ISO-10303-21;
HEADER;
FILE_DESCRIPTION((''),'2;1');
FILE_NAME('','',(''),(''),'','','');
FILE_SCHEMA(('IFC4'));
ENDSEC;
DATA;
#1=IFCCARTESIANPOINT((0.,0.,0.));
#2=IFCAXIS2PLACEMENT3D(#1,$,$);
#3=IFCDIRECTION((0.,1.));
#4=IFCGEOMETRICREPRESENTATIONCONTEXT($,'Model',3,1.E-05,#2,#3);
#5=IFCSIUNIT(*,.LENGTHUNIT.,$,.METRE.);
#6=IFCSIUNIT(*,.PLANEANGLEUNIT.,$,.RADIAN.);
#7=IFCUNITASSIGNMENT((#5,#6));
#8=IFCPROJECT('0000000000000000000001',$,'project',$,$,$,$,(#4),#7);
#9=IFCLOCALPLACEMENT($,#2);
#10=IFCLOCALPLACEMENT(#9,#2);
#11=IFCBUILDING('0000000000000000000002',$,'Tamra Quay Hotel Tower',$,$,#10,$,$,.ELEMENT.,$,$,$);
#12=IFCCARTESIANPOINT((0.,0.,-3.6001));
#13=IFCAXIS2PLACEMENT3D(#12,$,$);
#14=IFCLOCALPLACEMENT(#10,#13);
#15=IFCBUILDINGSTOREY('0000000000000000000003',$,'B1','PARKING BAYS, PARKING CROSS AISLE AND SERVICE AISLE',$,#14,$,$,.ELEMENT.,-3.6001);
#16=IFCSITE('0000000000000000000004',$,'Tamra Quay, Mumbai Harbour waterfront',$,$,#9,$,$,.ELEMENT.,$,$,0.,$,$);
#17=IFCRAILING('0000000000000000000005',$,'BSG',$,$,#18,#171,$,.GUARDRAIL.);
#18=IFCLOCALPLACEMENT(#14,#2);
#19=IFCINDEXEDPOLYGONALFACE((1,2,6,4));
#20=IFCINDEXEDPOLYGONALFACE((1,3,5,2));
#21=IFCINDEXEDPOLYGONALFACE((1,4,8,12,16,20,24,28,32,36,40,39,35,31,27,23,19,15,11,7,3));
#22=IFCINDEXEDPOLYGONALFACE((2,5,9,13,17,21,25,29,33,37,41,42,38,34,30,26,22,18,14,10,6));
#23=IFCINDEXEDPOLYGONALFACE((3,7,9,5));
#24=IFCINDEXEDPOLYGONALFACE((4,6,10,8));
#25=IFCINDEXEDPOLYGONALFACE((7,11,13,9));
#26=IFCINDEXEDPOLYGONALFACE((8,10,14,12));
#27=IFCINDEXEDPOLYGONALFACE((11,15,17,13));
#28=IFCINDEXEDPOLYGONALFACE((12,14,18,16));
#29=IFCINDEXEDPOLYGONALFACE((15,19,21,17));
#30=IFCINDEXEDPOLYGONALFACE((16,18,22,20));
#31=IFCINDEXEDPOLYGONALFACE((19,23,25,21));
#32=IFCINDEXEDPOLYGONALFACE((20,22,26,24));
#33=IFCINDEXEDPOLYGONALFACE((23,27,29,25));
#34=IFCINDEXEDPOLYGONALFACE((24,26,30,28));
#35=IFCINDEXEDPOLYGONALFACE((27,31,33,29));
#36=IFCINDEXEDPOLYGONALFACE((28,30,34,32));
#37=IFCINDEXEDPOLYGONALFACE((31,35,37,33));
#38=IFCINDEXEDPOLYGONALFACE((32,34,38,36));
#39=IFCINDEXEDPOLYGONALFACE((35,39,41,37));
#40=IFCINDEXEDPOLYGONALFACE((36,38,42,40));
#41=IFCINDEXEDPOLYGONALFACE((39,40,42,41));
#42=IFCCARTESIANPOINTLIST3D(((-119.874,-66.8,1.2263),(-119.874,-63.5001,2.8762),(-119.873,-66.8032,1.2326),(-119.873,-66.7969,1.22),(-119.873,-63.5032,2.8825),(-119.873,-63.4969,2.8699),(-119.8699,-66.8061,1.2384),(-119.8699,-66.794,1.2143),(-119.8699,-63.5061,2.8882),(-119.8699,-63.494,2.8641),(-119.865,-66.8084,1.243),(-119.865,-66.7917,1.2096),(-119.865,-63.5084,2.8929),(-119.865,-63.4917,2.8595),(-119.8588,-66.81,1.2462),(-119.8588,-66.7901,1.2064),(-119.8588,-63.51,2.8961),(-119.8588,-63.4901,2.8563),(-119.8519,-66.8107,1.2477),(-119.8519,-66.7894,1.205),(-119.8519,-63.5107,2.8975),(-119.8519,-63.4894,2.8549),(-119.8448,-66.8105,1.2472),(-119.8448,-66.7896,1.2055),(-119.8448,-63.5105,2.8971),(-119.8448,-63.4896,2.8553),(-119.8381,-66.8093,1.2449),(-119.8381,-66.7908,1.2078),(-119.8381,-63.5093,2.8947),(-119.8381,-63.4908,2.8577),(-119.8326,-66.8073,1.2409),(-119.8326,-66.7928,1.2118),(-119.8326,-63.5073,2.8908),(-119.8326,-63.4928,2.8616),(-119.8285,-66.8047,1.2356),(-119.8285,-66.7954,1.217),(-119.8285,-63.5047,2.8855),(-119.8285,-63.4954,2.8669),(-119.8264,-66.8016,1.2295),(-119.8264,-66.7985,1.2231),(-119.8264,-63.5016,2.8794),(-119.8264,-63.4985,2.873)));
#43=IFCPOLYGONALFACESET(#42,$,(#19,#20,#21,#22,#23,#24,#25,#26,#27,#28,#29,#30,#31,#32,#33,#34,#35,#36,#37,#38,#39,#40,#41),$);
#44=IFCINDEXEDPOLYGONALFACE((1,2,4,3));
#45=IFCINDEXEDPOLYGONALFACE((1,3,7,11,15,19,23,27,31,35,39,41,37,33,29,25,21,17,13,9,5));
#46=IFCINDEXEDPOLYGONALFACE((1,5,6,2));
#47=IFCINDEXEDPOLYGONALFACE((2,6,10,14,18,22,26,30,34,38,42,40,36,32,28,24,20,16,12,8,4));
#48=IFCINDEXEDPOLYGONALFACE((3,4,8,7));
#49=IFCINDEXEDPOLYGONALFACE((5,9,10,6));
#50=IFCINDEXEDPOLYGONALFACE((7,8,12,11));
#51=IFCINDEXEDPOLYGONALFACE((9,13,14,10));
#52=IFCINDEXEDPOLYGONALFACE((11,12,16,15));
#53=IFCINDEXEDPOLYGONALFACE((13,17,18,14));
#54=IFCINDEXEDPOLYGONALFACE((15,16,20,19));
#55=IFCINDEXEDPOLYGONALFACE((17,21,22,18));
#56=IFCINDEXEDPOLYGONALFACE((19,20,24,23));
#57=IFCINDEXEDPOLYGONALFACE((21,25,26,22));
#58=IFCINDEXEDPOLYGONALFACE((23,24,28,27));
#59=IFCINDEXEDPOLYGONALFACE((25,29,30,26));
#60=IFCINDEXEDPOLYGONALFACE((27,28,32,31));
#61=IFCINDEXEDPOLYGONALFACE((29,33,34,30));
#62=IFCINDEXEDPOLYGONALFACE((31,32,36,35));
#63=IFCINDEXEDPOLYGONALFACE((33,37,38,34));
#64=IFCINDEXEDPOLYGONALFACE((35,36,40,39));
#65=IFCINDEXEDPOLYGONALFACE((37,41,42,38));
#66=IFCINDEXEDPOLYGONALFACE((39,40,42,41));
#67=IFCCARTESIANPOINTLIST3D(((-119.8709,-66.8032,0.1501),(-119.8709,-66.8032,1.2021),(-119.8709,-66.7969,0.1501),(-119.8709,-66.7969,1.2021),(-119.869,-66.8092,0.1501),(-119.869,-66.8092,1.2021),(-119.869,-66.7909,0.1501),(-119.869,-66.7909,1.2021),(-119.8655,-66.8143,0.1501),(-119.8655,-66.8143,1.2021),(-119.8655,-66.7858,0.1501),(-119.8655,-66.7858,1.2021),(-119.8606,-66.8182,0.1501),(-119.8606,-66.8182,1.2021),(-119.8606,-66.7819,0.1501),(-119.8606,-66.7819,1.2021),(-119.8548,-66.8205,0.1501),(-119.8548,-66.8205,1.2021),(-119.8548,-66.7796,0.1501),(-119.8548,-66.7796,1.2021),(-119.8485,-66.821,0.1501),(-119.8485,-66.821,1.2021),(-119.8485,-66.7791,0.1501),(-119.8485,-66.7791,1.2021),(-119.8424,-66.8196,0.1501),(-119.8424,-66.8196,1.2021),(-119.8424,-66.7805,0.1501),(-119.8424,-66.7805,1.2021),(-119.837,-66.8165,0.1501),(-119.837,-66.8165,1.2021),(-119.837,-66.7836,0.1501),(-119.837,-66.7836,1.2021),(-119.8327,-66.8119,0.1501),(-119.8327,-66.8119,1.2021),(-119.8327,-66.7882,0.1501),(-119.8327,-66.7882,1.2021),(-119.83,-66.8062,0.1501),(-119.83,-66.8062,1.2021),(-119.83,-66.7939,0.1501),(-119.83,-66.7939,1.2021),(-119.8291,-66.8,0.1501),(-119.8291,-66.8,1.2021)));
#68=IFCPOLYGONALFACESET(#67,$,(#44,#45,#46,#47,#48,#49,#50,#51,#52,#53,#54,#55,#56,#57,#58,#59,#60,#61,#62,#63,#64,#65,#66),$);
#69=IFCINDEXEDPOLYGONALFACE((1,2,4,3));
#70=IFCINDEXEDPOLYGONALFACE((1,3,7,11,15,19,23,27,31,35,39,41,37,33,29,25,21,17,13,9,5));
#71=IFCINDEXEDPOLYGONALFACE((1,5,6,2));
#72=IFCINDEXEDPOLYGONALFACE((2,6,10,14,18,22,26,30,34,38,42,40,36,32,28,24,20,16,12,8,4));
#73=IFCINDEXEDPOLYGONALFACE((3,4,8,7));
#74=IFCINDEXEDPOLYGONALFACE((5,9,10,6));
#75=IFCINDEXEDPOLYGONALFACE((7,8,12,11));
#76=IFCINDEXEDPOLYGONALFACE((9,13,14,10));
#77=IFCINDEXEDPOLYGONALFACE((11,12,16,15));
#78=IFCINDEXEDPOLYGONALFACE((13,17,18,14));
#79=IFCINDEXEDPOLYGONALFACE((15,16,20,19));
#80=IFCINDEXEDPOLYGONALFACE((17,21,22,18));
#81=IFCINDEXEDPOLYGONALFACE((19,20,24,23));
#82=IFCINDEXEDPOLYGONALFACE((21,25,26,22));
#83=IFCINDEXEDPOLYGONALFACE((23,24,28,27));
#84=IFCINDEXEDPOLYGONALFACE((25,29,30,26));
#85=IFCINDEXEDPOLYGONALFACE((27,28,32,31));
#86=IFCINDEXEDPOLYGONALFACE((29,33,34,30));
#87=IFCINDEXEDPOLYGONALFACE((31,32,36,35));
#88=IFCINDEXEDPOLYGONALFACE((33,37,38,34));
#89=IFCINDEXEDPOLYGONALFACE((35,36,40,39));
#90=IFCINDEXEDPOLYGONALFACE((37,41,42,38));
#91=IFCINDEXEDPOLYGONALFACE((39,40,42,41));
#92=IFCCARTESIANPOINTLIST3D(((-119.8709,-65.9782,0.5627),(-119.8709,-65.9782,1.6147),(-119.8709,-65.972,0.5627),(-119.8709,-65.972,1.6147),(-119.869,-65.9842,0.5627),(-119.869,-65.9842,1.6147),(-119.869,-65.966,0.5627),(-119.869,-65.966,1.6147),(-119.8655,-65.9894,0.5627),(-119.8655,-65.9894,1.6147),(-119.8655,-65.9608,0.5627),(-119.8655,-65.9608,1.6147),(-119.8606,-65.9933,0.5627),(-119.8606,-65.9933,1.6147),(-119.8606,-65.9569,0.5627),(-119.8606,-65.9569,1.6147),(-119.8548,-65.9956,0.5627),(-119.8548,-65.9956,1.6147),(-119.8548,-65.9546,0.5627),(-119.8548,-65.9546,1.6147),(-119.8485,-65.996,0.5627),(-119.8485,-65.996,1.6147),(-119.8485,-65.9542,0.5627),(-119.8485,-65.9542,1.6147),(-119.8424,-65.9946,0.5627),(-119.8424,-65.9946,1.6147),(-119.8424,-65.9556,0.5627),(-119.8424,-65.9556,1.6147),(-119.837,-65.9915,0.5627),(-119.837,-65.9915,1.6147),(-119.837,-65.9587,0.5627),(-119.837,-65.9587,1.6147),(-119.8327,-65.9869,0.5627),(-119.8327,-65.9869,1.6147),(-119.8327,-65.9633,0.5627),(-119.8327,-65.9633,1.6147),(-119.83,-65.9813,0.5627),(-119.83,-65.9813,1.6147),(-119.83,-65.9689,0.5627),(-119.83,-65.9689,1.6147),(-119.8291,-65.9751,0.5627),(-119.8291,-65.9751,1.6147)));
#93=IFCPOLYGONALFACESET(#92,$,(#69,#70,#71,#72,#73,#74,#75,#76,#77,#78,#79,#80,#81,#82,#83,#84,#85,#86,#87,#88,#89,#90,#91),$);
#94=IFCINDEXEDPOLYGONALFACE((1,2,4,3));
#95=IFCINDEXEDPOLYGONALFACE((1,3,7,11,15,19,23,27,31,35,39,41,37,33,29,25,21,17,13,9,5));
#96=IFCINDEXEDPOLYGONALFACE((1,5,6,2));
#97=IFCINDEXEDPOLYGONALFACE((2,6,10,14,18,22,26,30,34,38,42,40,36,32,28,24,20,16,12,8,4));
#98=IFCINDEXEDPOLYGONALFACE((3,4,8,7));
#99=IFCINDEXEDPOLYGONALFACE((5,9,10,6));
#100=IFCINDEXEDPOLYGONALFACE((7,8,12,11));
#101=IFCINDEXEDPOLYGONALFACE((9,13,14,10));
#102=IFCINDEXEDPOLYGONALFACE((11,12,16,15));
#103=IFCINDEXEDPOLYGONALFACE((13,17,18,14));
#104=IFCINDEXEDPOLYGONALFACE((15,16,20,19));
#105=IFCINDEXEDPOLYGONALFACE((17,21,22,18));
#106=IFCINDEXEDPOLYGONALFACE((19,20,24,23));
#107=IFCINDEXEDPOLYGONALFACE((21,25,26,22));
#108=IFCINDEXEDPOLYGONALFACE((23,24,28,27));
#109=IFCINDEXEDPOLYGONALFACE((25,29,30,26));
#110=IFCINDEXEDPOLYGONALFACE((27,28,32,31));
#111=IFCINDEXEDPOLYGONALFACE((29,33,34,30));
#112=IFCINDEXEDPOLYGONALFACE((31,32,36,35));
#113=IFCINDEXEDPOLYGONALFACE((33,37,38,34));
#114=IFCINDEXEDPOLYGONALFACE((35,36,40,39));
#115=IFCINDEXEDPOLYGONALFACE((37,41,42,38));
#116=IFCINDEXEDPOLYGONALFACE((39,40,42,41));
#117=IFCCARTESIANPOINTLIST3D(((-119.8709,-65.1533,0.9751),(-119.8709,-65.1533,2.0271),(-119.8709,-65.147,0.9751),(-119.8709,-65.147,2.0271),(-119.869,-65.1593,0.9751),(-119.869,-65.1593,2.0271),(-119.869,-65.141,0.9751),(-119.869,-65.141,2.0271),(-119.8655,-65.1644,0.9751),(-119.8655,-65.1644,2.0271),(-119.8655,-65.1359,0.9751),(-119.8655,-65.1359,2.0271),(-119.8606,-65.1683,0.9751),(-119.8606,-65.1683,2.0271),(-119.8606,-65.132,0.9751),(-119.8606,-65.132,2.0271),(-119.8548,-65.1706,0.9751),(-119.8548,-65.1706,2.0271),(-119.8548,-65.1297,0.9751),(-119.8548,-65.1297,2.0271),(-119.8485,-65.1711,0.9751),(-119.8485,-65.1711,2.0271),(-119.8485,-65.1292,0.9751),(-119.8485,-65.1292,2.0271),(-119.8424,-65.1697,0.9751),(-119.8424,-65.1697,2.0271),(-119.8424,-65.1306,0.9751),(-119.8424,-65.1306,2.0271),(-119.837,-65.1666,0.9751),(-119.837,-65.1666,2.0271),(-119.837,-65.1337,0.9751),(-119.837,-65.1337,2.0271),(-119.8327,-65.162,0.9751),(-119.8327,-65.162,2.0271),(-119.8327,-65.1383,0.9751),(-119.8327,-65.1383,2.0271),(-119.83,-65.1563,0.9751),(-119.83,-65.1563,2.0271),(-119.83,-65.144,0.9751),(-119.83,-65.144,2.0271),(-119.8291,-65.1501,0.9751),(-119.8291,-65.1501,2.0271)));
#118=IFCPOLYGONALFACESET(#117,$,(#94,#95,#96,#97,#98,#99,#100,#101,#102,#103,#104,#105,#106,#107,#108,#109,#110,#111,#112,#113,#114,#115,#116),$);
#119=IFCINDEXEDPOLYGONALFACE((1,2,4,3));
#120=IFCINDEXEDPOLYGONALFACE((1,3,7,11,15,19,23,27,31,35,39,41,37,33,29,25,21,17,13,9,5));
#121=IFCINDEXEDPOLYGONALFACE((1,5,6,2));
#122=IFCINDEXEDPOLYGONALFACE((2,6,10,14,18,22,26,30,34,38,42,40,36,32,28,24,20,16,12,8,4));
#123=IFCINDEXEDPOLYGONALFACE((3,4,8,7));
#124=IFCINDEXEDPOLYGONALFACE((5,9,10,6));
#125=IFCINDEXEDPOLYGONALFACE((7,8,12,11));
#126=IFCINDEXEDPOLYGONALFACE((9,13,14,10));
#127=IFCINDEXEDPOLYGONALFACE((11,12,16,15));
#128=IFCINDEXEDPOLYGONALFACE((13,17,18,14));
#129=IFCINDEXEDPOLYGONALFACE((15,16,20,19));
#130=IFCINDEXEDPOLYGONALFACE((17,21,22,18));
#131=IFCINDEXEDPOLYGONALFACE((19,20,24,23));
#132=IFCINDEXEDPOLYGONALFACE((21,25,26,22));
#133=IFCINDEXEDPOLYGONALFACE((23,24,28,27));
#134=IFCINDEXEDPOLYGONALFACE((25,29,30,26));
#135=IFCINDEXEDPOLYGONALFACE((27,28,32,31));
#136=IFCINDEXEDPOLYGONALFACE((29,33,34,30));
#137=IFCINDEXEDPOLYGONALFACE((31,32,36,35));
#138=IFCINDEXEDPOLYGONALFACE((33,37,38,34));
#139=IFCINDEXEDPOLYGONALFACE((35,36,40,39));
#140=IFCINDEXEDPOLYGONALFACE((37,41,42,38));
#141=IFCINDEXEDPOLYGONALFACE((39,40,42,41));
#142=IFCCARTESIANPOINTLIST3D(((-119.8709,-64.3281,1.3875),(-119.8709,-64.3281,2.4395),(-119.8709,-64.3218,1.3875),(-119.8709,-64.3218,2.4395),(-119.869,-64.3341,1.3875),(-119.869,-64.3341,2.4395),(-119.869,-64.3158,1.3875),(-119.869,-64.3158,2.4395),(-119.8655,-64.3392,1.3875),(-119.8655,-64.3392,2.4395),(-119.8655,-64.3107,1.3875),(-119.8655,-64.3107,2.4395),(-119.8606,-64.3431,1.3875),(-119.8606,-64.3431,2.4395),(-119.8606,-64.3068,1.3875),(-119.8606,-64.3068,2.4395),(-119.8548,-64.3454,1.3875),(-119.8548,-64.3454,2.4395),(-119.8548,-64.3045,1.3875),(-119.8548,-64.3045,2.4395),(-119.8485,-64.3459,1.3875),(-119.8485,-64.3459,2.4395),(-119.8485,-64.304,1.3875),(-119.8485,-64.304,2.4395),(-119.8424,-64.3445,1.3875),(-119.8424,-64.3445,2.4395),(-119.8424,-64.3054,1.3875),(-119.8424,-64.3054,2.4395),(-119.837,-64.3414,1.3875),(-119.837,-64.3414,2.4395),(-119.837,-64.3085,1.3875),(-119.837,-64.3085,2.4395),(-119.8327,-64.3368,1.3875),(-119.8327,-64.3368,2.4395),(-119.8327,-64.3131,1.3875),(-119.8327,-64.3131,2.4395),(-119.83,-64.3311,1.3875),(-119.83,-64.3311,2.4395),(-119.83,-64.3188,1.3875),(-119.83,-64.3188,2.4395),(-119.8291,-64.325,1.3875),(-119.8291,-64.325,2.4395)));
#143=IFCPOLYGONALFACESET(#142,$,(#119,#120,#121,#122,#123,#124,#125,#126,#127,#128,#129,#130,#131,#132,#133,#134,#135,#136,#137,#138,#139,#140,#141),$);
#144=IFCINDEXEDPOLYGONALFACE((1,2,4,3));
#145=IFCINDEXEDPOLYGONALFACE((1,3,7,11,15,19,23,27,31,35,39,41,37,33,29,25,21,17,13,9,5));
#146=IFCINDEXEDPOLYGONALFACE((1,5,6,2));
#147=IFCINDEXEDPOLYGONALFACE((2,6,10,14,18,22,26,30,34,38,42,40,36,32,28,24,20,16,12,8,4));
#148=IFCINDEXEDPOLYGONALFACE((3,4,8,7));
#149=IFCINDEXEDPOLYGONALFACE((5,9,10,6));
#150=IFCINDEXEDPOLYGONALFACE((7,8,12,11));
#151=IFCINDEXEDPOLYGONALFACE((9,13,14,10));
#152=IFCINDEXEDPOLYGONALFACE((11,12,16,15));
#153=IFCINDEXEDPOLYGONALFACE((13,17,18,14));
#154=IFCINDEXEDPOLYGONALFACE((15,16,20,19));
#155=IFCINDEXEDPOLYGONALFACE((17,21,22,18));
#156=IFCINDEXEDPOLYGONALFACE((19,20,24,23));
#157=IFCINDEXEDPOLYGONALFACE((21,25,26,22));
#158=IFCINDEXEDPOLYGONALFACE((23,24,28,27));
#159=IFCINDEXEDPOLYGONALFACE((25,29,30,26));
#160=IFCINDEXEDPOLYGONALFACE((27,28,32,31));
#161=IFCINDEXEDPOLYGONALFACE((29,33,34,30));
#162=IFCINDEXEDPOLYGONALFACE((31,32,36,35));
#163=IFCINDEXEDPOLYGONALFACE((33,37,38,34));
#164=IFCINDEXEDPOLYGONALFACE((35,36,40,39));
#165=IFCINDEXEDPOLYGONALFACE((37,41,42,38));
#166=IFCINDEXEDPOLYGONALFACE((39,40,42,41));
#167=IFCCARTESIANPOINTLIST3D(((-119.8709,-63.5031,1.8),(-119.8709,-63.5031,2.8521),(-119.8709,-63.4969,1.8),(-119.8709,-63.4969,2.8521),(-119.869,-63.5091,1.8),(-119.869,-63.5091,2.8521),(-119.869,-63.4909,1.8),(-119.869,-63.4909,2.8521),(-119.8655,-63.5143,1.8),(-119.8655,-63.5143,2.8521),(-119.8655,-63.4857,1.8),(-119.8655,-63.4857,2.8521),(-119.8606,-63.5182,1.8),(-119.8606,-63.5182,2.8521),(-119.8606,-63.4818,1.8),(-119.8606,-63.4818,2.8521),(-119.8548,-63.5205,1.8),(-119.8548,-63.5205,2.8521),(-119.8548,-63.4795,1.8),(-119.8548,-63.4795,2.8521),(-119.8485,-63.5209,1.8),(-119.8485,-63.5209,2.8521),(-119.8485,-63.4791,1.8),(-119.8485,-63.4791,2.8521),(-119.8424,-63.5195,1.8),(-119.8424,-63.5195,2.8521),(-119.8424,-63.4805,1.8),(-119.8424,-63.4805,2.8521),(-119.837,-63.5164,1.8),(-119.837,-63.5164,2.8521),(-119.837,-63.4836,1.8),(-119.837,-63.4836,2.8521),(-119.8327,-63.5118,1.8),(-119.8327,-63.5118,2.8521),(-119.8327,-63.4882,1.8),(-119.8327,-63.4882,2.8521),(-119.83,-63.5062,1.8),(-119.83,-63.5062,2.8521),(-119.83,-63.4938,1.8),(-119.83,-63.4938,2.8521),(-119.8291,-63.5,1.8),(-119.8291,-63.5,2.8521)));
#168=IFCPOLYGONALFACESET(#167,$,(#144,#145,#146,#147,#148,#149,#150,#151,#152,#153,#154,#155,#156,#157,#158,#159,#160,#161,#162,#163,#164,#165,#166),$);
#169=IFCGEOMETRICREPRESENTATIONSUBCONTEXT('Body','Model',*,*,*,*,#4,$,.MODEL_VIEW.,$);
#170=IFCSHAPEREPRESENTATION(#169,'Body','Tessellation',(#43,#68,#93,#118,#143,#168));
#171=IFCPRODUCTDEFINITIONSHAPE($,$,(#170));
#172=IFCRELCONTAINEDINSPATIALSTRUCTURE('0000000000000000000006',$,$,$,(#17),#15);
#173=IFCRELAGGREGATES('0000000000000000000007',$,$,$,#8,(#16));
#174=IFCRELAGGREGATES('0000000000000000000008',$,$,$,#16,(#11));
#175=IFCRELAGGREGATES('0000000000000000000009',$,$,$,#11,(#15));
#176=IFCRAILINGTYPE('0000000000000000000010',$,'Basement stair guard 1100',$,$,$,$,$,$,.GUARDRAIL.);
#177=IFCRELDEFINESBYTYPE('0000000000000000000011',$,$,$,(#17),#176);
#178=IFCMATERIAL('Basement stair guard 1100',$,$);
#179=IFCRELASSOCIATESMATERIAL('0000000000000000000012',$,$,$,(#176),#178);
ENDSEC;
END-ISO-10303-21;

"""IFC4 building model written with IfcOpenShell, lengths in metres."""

from ifc_helpers import new_model, si_unit, direction, frame, origin, origin_2d, place, context, subcontext, project, spatial, circle, extrude, material, type_object, element, save


model = new_model("IFC4")

# Units and contexts
model_context = context("Model", 3, precision=1e-05, world=origin(), true_north=direction((0.0, 1.0)))
body_context = subcontext(model_context, "Body", "Model", "MODEL_VIEW")
ifc_project = project(units=[si_unit("LENGTHUNIT", "METRE"), si_unit("PLANEANGLEUNIT", "RADIAN")], contexts=[model_context])

# Site, building, storey
site_placement = place(None, origin())
site = spatial("IfcSite", under=ifc_project, at=site_placement, Name="Tamra Quay, Mumbai Harbour waterfront", CompositionType="ELEMENT", RefElevation=0.0)
building_placement = place(site_placement, origin())
building = spatial("IfcBuilding", under=site, at=building_placement, Name="Tamra Quay Hotel Tower", CompositionType="ELEMENT")
storey_placement = place(building_placement, frame((0.0, 0.0, -3.6001)))
storey = spatial("IfcBuildingStorey", under=building, at=storey_placement, Name="B1", Description="PARKING BAYS, PARKING CROSS AISLE AND SERVICE AISLE", CompositionType="ELEMENT", Elevation=-3.6001)

# Railing
ifc_material_1 = material(Name="Basement stair guard 1100")
railing_type_1 = type_object("IfcRailingType", Name="Basement stair guard 1100", PredefinedType="GUARDRAIL", material=ifc_material_1)
railing_1_placement = place(storey_placement, frame((-119.8501, -66.8, 0.1501)))
element("IfcRailing", 1, at=railing_1_placement, inside=storey, type_object=railing_type_1, Name="BSG", PredefinedType="GUARDRAIL", context=body_context, shape_type="SweptSolid", body=[
    extrude(circle(Radius=0.0239, at=origin_2d()), frame((0.0, 0.0, 1.0762), z_axis=(0.0, 0.89444, 0.447187), x_axis=(-1.0, 0.0, 0.0)), (0.0, 0.0, 1.0), 3.6895),
    extrude(circle(Radius=0.021, at=origin_2d()), origin(), (0.0, 0.0, 1.0), 1.052),
    extrude(circle(Radius=0.021, at=origin_2d()), frame((0.0, 0.825, 0.4126)), (0.0, 0.0, 1.0), 1.052),
    extrude(circle(Radius=0.021, at=origin_2d()), frame((0.0, 1.6499, 0.825)), (0.0, 0.0, 1.0), 1.052),
    extrude(circle(Radius=0.021, at=origin_2d()), frame((0.0, 2.4751, 1.2373)), (0.0, 0.0, 1.0), 1.052),
    extrude(circle(Radius=0.021, at=origin_2d()), frame((0.0, 3.3, 1.6499)), (0.0, 0.0, 1.0), 1.052),
])

save(model, "model.ifc")
